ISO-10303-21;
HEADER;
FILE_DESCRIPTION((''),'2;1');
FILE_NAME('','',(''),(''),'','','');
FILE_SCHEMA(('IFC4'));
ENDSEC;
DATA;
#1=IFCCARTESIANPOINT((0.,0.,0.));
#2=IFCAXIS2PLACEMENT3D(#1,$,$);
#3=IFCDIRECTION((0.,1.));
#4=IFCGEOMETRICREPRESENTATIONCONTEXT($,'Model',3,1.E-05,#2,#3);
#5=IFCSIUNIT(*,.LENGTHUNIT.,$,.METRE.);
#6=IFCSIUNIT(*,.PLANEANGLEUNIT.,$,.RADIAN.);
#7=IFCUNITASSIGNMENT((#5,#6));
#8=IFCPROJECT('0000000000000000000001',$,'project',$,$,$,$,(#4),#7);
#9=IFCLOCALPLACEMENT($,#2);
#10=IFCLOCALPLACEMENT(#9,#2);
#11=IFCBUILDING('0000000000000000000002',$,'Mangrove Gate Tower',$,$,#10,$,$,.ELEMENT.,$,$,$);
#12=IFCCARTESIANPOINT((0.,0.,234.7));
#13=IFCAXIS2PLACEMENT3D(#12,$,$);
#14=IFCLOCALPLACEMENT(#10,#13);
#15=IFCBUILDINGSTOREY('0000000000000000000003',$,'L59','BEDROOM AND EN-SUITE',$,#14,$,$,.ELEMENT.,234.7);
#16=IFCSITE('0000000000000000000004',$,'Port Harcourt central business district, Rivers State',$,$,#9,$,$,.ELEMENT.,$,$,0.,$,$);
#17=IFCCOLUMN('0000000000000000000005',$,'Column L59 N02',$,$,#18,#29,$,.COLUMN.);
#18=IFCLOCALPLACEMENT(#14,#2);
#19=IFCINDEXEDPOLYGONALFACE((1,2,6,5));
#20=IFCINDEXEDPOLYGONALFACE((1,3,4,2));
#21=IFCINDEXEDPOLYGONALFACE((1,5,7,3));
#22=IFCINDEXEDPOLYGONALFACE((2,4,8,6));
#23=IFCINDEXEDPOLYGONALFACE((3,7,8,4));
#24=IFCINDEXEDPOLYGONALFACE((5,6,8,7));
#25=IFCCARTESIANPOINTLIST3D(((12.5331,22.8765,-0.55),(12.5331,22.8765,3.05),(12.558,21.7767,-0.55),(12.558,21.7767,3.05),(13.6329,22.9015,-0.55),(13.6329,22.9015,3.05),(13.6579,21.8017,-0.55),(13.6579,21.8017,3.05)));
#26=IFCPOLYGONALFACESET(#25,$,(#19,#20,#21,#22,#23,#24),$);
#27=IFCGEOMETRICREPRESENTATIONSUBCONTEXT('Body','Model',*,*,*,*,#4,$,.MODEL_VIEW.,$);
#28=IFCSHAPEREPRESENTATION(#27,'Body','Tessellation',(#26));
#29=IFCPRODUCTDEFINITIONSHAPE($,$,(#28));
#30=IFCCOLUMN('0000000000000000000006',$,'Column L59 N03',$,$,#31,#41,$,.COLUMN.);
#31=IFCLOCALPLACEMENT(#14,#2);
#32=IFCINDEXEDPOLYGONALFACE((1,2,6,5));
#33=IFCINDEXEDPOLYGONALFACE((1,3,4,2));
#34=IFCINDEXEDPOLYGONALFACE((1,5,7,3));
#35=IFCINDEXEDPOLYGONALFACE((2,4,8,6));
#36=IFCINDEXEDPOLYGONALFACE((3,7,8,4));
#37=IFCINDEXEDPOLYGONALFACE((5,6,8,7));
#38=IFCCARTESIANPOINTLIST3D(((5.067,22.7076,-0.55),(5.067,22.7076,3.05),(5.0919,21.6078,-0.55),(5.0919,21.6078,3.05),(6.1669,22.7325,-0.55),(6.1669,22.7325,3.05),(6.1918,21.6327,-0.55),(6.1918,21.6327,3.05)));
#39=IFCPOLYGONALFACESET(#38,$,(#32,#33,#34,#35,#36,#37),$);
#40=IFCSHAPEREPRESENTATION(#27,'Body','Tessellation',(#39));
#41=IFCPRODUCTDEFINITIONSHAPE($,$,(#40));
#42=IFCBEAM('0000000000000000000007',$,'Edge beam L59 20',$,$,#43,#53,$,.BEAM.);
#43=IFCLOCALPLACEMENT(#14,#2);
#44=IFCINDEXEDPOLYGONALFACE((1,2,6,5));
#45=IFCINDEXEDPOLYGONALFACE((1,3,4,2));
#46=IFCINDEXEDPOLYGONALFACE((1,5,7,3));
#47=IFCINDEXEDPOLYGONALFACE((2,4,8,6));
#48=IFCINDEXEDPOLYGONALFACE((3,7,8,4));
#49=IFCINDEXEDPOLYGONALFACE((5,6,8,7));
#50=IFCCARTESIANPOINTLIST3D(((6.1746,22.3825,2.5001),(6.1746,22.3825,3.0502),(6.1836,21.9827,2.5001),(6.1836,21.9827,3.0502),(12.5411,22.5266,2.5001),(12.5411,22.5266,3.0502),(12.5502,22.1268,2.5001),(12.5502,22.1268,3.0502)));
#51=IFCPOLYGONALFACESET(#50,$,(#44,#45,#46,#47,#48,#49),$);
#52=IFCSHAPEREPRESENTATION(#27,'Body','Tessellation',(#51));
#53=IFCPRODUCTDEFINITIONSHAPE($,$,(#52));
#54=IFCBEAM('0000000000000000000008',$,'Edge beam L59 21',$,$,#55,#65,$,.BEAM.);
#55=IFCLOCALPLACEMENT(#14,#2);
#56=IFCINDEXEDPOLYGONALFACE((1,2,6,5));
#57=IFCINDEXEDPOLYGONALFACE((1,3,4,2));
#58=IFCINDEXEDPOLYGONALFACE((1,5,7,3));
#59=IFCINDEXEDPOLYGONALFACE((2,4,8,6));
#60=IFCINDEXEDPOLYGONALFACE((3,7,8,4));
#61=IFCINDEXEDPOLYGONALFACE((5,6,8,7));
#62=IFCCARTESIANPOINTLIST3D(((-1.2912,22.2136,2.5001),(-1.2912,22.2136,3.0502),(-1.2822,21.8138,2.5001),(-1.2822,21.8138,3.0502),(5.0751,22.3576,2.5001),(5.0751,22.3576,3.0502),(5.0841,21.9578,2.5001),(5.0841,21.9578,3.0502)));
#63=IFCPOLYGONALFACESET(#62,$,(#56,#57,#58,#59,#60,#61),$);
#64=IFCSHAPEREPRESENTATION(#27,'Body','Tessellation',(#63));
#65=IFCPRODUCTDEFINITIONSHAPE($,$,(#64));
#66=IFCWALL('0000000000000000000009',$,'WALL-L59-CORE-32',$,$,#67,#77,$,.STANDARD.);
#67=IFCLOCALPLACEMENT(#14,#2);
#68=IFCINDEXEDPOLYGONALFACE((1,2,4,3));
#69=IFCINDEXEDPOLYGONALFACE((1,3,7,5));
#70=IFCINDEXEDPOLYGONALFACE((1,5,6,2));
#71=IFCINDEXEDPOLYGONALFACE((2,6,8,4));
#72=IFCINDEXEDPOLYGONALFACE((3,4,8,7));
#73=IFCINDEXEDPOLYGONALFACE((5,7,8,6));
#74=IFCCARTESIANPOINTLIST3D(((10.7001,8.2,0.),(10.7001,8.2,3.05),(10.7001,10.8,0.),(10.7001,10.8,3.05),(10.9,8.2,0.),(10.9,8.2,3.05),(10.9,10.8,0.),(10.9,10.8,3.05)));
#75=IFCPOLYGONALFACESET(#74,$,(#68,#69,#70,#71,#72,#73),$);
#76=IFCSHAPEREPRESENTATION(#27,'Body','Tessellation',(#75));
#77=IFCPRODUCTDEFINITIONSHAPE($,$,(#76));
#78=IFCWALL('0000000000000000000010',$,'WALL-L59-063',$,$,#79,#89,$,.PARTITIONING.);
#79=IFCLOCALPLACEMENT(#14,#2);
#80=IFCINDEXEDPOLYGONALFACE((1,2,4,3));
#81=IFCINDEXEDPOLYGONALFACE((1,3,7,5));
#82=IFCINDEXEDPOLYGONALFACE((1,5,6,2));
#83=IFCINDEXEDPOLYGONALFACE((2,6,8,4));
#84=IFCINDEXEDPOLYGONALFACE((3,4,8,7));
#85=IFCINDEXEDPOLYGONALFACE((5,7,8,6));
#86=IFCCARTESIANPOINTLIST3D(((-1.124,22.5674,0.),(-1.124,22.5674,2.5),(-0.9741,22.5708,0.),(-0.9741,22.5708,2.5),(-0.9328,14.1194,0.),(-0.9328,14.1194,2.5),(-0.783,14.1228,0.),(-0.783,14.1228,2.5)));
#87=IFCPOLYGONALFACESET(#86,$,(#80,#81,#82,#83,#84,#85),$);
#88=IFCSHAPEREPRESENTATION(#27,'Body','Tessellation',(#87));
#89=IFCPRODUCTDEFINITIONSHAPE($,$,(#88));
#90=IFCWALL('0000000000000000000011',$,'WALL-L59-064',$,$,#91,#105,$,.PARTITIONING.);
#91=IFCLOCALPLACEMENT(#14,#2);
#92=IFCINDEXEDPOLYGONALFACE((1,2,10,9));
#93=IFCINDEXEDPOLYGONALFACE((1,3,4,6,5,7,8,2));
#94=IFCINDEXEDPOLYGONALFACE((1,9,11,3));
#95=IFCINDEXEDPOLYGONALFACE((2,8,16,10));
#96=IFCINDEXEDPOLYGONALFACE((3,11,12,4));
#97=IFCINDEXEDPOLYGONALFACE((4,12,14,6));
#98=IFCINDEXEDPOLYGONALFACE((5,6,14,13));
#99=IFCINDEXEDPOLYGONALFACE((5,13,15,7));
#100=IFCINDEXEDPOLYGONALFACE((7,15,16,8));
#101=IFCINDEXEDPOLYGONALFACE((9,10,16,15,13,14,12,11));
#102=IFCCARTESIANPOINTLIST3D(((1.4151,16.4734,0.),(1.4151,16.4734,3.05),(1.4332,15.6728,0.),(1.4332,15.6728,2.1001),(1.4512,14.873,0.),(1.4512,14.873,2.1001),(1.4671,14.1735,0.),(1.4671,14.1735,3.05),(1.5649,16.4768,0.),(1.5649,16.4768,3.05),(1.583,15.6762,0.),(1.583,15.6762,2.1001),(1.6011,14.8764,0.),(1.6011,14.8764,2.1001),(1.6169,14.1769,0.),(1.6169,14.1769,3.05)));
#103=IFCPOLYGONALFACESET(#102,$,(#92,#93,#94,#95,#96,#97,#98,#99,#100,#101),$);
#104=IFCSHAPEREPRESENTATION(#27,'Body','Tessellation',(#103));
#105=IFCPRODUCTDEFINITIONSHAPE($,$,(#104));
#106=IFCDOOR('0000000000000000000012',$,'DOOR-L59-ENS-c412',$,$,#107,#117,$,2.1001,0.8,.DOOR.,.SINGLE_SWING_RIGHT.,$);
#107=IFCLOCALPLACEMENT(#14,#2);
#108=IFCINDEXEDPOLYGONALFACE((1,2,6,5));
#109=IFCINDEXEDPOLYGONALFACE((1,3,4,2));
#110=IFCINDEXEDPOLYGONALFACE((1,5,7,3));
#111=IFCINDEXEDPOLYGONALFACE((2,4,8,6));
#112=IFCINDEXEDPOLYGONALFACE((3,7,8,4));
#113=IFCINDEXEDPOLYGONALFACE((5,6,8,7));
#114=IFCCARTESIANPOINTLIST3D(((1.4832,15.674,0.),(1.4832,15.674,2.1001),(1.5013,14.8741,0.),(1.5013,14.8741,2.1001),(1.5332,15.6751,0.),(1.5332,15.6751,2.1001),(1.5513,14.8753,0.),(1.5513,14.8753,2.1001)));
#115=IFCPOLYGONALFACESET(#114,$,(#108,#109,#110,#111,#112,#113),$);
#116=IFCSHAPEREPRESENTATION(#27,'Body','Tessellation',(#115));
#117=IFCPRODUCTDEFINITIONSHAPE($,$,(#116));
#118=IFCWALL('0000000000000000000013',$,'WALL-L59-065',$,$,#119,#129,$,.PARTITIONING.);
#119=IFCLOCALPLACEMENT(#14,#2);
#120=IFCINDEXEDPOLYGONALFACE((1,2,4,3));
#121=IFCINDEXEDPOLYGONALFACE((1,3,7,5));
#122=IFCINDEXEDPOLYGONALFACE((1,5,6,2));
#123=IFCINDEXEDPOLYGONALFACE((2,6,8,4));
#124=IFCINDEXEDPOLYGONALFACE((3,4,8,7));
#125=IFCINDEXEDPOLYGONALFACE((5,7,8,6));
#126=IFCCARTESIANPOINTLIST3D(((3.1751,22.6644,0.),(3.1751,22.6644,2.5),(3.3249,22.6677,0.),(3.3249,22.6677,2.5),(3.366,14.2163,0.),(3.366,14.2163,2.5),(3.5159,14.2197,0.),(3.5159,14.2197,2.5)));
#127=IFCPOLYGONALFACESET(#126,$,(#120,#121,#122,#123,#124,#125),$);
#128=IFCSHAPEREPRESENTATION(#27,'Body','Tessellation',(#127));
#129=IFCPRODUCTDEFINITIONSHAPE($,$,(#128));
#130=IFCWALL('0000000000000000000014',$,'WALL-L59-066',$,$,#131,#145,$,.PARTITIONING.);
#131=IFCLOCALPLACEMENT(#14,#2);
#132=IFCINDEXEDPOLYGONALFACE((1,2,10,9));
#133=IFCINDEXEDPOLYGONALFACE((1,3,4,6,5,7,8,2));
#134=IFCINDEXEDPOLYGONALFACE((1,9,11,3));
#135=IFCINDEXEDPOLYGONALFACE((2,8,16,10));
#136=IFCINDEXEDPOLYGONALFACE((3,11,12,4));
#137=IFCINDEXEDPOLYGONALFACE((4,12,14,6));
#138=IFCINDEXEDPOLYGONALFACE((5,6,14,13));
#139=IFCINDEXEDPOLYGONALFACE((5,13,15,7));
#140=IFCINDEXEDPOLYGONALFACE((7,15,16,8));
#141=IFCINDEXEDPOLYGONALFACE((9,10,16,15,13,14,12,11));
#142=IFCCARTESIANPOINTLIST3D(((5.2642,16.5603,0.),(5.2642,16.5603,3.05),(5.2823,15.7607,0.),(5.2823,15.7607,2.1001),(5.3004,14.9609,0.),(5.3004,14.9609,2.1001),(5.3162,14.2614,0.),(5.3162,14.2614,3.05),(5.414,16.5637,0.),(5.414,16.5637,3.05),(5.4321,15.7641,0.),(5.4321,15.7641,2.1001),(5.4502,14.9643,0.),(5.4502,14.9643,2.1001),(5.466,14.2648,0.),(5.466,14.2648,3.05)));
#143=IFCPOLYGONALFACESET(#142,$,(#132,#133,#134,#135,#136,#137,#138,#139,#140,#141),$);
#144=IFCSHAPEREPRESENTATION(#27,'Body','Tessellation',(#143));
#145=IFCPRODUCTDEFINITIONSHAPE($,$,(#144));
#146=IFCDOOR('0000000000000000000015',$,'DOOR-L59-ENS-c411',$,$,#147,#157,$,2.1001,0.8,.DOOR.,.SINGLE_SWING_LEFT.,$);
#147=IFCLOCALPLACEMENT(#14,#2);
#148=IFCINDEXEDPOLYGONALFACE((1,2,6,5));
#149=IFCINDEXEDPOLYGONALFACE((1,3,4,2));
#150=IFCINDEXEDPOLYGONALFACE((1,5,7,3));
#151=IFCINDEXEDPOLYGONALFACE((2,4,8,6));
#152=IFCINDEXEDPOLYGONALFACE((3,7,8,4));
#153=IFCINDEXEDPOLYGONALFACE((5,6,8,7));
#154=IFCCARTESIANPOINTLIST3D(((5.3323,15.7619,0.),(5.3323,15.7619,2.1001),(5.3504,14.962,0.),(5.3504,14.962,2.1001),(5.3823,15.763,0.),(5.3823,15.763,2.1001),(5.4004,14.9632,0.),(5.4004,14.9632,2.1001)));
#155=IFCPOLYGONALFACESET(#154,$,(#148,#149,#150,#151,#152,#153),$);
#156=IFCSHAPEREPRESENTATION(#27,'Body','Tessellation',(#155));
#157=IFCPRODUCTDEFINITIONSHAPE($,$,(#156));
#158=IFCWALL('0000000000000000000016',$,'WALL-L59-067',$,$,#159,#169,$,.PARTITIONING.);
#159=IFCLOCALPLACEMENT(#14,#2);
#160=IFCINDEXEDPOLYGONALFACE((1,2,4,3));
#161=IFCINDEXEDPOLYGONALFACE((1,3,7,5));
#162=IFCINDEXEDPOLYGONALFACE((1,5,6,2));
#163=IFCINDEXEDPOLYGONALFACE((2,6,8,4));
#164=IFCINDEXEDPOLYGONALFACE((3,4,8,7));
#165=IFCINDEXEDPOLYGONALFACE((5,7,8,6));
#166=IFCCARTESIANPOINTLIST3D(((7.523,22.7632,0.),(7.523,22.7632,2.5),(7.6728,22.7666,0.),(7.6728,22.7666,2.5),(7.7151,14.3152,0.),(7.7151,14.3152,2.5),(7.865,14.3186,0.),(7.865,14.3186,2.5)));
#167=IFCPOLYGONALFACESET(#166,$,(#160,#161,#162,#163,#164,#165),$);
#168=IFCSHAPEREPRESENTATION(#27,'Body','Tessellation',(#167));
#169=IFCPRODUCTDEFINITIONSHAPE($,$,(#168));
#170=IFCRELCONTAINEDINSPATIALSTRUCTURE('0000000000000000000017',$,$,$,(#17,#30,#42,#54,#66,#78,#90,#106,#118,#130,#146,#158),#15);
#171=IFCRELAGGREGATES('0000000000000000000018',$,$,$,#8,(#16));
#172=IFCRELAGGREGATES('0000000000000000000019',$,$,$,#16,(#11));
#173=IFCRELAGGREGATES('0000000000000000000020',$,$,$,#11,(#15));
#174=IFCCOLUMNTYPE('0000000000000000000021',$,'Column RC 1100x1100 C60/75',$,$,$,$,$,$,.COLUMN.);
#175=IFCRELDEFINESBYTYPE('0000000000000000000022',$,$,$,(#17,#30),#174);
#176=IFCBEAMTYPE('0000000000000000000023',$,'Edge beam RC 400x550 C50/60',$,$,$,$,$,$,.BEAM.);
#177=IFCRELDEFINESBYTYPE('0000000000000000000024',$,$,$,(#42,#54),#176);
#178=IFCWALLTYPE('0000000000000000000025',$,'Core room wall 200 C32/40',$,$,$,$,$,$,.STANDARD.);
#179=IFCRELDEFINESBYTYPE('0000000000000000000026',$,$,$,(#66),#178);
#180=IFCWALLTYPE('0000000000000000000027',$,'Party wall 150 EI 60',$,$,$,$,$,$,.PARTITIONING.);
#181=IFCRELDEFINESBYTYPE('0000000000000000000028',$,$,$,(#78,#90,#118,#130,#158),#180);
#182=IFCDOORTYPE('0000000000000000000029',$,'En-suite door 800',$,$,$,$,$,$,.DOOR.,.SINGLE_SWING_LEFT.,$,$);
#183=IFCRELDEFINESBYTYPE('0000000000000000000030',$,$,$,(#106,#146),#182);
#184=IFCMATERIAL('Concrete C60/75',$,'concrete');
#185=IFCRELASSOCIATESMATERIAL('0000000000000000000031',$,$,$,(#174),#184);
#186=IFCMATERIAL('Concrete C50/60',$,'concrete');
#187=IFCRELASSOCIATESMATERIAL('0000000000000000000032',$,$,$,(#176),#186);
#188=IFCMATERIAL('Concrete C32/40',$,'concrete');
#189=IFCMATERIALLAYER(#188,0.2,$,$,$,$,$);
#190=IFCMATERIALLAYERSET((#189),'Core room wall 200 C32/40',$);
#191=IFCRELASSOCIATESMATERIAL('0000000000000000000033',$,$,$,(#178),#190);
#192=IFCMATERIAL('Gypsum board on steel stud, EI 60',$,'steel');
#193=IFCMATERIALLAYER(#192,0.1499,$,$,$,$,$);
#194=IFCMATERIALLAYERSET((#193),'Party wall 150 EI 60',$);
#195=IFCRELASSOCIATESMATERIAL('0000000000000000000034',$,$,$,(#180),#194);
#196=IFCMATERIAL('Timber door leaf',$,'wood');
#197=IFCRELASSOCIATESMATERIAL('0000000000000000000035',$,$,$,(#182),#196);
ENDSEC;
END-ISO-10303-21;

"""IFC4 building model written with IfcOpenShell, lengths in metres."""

from ifc_helpers import new_model, si_unit, direction, frame, frame_2d, origin, origin_2d, place, context, subcontext, project, spatial, rectangle, extrude, material, layer, layer_set, material_profile, profile_set, type_object, element, fill, save


model = new_model("IFC4")

# Units and contexts
model_context = context("Model", 3, precision=1e-05, world=origin(), true_north=direction((0.0, 1.0)))
body_context = subcontext(model_context, "Body", "Model", "MODEL_VIEW")
ifc_project = project(units=[si_unit("LENGTHUNIT", "METRE"), si_unit("PLANEANGLEUNIT", "RADIAN")], contexts=[model_context])

# Site, building, storey
site_placement = place(None, origin())
site = spatial("IfcSite", under=ifc_project, at=site_placement, Name="Port Harcourt central business district, Rivers State", CompositionType="ELEMENT", RefElevation=0.0)
building_placement = place(site_placement, origin())
building = spatial("IfcBuilding", under=site, at=building_placement, Name="Mangrove Gate Tower", CompositionType="ELEMENT")
storey_placement = place(building_placement, frame((0.0, 0.0, 234.7)))
storey = spatial("IfcBuildingStorey", under=building, at=storey_placement, Name="L59", Description="BEDROOM AND EN-SUITE", CompositionType="ELEMENT", Elevation=234.7)

# Columns
ifc_material_1 = material(Name="Concrete C60/75", Category="concrete")
ifc_material_profile_1 = material_profile(ifc_material_1, rectangle(XDim=1.1001, YDim=1.1001, at=origin_2d()))
ifc_profile_set_1 = profile_set([ifc_material_profile_1], Name="Concrete C60/75")
column_type = type_object("IfcColumnType", Name="Column RC 1100x1100 C60/75", PredefinedType="COLUMN", material=ifc_profile_set_1)
for number, where, z_axis, x_axis, name in (
    (1, (13.0955, 22.3391, -0.55), (0.0, 0.0, 1.0), (-0.999742, -0.022697, 0.0), "Column L59 N02"),
    (2, (5.6294, 22.1702, -0.55), (0.0, 0.0, 1.0), (-0.999744, -0.02263, 0.0), "Column L59 N03"),
):
    element("IfcColumn", number, at=place(storey_placement, frame(where, z_axis=z_axis, x_axis=x_axis)), inside=storey, type_object=column_type, Name=name, PredefinedType="COLUMN", context=body_context, shape_type="SweptSolid", body=[
        extrude(rectangle(XDim=1.1001, YDim=1.1001, at=origin_2d()), origin(), (0.0, 0.0, 1.0), 3.6001),
    ])

# Beams
ifc_material_2 = material(Name="Concrete C50/60", Category="concrete")
ifc_material_profile_2 = material_profile(ifc_material_2, rectangle(XDim=0.3999, YDim=0.55, at=origin_2d()))
ifc_profile_set_2 = profile_set([ifc_material_profile_2], Name="Concrete C50/60")
beam_type = type_object("IfcBeamType", Name="Edge beam RC 400x550 C50/60", PredefinedType="BEAM", material=ifc_profile_set_2)
beam_1_placement = place(storey_placement, frame((12.5457, 22.3267, 2.7751), z_axis=(-0.999744, -0.02262, 0.0), x_axis=(0.02262, -0.999744, 0.0)))
element("IfcBeam", 3, at=beam_1_placement, inside=storey, type_object=beam_type, Name="Edge beam L59 20", PredefinedType="BEAM", context=body_context, shape_type="SweptSolid", body=[
    extrude(rectangle(XDim=0.3999, YDim=0.55, at=origin_2d()), origin(), (0.0, 0.0, 1.0), 6.3682),
])
beam_2_placement = place(storey_placement, frame((5.0796, 22.1577, 2.7751), z_axis=(-0.999744, -0.02262, 0.0), x_axis=(0.02262, -0.999744, 0.0)))
element("IfcBeam", 4, at=beam_2_placement, inside=storey, type_object=beam_type, Name="Edge beam L59 21", PredefinedType="BEAM", context=body_context, shape_type="SweptSolid", body=[
    extrude(rectangle(XDim=0.3999, YDim=0.55, at=origin_2d()), origin(), (0.0, 0.0, 1.0), 6.3679),
])

# Walls
ifc_material_3 = material(Name="Concrete C32/40", Category="concrete")
ifc_layer_1 = layer(ifc_material_3, 0.2)
ifc_layer_set_1 = layer_set([ifc_layer_1], Name="Core room wall 200 C32/40")
wall_type_1 = type_object("IfcWallType", Name="Core room wall 200 C32/40", PredefinedType="STANDARD", material=ifc_layer_set_1)
wall_1_placement = place(storey_placement, frame((10.8, 8.2, 0.0), z_axis=(0.0, 0.0, 1.0), x_axis=(0.0, 1.0, 0.0)))
element("IfcWall", 5, at=wall_1_placement, inside=storey, type_object=wall_type_1, Name="WALL-L59-CORE-32", PredefinedType="STANDARD", context=body_context, shape_type="SweptSolid", body=[
    extrude(rectangle(XDim=2.6001, YDim=0.2, at=frame_2d((1.3, 0.0))), origin(), (0.0, 0.0, 1.0), 3.05),
])
ifc_material_4 = material(Name="Gypsum board on steel stud, EI 60", Category="steel")
ifc_layer_2 = layer(ifc_material_4, 0.1499)
ifc_layer_set_2 = layer_set([ifc_layer_2], Name="Party wall 150 EI 60")
wall_type_2 = type_object("IfcWallType", Name="Party wall 150 EI 60", PredefinedType="PARTITIONING", material=ifc_layer_set_2)
wall_2_placement = place(storey_placement, frame((-0.8579, 14.1211, 0.0), z_axis=(0.0, 0.0, 1.0), x_axis=(-0.022622, 0.999744, 0.0)))
element("IfcWall", 6, at=wall_2_placement, inside=storey, type_object=wall_type_2, Name="WALL-L59-063", PredefinedType="PARTITIONING", context=body_context, shape_type="SweptSolid", body=[
    extrude(rectangle(XDim=8.4502, YDim=0.1499, at=frame_2d((4.2251, 0.0))), origin(), (0.0, 0.0, 1.0), 2.5),
])

# Wall, opening, door
wall_3_placement = place(storey_placement, frame((1.542, 14.175, 0.0), z_axis=(0.0, 0.0, 1.0), x_axis=(-0.022603, 0.999745, 0.0)))
wall_3 = element("IfcWall", 7, at=wall_3_placement, inside=storey, type_object=wall_type_2, Name="WALL-L59-064", PredefinedType="PARTITIONING", context=body_context, shape_type="SweptSolid", body=[
    extrude(rectangle(XDim=2.3005, YDim=0.1499, at=frame_2d((1.1504, 0.0))), origin(), (0.0, 0.0, 1.0), 3.05),
])
opening_1_placement = place(wall_3_placement, frame((0.7, 0.0, 0.0)))
opening_1 = element("IfcOpeningElement", 8, at=opening_1_placement, cuts=wall_3, PredefinedType="OPENING", context=body_context, shape_type="SweptSolid", body=[
    extrude(rectangle(XDim=0.8, YDim=2.1001, at=frame_2d((0.3999, 1.05))), frame((0.0, 0.085, 0.0), z_axis=(0.0, -1.0, 0.0), x_axis=(1.0, 0.0, 0.0)), (0.0, 0.0, 1.0), 0.1699),
])
ifc_material_5 = material(Name="Timber door leaf", Category="wood")
door_type = type_object("IfcDoorType", Name="En-suite door 800", OperationType="SINGLE_SWING_LEFT", PredefinedType="DOOR", material=ifc_material_5)
door_1_placement = place(opening_1_placement, origin())
door_1 = element("IfcDoor", 9, at=door_1_placement, inside=storey, type_object=door_type, Name="DOOR-L59-ENS-c412", OperationType="SINGLE_SWING_RIGHT", OverallHeight=2.1001, OverallWidth=0.8, PredefinedType="DOOR", context=body_context, shape_type="SweptSolid", body=[
    extrude(rectangle(XDim=0.8, YDim=2.1001, at=frame_2d((0.3999, 1.05))), frame((0.0, 0.0249, 0.0), z_axis=(0.0, -1.0, 0.0), x_axis=(1.0, 0.0, 0.0)), (0.0, 0.0, 1.0), 0.05),
])
fill(opening_1, door_1)

# Wall
wall_4_placement = place(storey_placement, frame((3.4409, 14.218, 0.0), z_axis=(0.0, 0.0, 1.0), x_axis=(-0.022593, 0.999745, 0.0)))
element("IfcWall", 10, at=wall_4_placement, inside=storey, type_object=wall_type_2, Name="WALL-L59-065", PredefinedType="PARTITIONING", context=body_context, shape_type="SweptSolid", body=[
    extrude(rectangle(XDim=8.4502, YDim=0.1499, at=frame_2d((4.2251, 0.0))), origin(), (0.0, 0.0, 1.0), 2.5),
])

# Wall, opening, door
wall_5_placement = place(storey_placement, frame((5.3911, 14.2629, 0.0), z_axis=(0.0, 0.0, 1.0), x_axis=(-0.022613, 0.999744, 0.0)))
wall_5 = element("IfcWall", 11, at=wall_5_placement, inside=storey, type_object=wall_type_2, Name="WALL-L59-066", PredefinedType="PARTITIONING", context=body_context, shape_type="SweptSolid", body=[
    extrude(rectangle(XDim=2.2996, YDim=0.1499, at=frame_2d((1.1499, 0.0))), origin(), (0.0, 0.0, 1.0), 3.05),
])
opening_2_placement = place(wall_5_placement, frame((0.7, 0.0, 0.0)))
opening_2 = element("IfcOpeningElement", 12, at=opening_2_placement, cuts=wall_5, PredefinedType="OPENING", context=body_context, shape_type="SweptSolid", body=[
    extrude(rectangle(XDim=0.8, YDim=2.1001, at=frame_2d((0.3999, 1.05))), frame((0.0, 0.085, 0.0), z_axis=(0.0, -1.0, 0.0), x_axis=(1.0, 0.0, 0.0)), (0.0, 0.0, 1.0), 0.1699),
])
door_2_placement = place(opening_2_placement, origin())
door_2 = element("IfcDoor", 13, at=door_2_placement, inside=storey, type_object=door_type, Name="DOOR-L59-ENS-c411", OperationType="SINGLE_SWING_LEFT", OverallHeight=2.1001, OverallWidth=0.8, PredefinedType="DOOR", context=body_context, shape_type="SweptSolid", body=[
    extrude(rectangle(XDim=0.8, YDim=2.1001, at=frame_2d((0.3999, 1.05))), frame((0.0, 0.0249, 0.0), z_axis=(0.0, -1.0, 0.0), x_axis=(1.0, 0.0, 0.0)), (0.0, 0.0, 1.0), 0.05),
])
fill(opening_2, door_2)

# Wall
wall_6_placement = place(storey_placement, frame((7.79, 14.3169, 0.0), z_axis=(0.0, 0.0, 1.0), x_axis=(-0.022738, 0.999741, 0.0)))
element("IfcWall", 14, at=wall_6_placement, inside=storey, type_object=wall_type_2, Name="WALL-L59-067", PredefinedType="PARTITIONING", context=body_context, shape_type="SweptSolid", body=[
    extrude(rectangle(XDim=8.4502, YDim=0.1499, at=frame_2d((4.2251, 0.0))), origin(), (0.0, 0.0, 1.0), 2.5),
])

save(model, "model.ifc")
